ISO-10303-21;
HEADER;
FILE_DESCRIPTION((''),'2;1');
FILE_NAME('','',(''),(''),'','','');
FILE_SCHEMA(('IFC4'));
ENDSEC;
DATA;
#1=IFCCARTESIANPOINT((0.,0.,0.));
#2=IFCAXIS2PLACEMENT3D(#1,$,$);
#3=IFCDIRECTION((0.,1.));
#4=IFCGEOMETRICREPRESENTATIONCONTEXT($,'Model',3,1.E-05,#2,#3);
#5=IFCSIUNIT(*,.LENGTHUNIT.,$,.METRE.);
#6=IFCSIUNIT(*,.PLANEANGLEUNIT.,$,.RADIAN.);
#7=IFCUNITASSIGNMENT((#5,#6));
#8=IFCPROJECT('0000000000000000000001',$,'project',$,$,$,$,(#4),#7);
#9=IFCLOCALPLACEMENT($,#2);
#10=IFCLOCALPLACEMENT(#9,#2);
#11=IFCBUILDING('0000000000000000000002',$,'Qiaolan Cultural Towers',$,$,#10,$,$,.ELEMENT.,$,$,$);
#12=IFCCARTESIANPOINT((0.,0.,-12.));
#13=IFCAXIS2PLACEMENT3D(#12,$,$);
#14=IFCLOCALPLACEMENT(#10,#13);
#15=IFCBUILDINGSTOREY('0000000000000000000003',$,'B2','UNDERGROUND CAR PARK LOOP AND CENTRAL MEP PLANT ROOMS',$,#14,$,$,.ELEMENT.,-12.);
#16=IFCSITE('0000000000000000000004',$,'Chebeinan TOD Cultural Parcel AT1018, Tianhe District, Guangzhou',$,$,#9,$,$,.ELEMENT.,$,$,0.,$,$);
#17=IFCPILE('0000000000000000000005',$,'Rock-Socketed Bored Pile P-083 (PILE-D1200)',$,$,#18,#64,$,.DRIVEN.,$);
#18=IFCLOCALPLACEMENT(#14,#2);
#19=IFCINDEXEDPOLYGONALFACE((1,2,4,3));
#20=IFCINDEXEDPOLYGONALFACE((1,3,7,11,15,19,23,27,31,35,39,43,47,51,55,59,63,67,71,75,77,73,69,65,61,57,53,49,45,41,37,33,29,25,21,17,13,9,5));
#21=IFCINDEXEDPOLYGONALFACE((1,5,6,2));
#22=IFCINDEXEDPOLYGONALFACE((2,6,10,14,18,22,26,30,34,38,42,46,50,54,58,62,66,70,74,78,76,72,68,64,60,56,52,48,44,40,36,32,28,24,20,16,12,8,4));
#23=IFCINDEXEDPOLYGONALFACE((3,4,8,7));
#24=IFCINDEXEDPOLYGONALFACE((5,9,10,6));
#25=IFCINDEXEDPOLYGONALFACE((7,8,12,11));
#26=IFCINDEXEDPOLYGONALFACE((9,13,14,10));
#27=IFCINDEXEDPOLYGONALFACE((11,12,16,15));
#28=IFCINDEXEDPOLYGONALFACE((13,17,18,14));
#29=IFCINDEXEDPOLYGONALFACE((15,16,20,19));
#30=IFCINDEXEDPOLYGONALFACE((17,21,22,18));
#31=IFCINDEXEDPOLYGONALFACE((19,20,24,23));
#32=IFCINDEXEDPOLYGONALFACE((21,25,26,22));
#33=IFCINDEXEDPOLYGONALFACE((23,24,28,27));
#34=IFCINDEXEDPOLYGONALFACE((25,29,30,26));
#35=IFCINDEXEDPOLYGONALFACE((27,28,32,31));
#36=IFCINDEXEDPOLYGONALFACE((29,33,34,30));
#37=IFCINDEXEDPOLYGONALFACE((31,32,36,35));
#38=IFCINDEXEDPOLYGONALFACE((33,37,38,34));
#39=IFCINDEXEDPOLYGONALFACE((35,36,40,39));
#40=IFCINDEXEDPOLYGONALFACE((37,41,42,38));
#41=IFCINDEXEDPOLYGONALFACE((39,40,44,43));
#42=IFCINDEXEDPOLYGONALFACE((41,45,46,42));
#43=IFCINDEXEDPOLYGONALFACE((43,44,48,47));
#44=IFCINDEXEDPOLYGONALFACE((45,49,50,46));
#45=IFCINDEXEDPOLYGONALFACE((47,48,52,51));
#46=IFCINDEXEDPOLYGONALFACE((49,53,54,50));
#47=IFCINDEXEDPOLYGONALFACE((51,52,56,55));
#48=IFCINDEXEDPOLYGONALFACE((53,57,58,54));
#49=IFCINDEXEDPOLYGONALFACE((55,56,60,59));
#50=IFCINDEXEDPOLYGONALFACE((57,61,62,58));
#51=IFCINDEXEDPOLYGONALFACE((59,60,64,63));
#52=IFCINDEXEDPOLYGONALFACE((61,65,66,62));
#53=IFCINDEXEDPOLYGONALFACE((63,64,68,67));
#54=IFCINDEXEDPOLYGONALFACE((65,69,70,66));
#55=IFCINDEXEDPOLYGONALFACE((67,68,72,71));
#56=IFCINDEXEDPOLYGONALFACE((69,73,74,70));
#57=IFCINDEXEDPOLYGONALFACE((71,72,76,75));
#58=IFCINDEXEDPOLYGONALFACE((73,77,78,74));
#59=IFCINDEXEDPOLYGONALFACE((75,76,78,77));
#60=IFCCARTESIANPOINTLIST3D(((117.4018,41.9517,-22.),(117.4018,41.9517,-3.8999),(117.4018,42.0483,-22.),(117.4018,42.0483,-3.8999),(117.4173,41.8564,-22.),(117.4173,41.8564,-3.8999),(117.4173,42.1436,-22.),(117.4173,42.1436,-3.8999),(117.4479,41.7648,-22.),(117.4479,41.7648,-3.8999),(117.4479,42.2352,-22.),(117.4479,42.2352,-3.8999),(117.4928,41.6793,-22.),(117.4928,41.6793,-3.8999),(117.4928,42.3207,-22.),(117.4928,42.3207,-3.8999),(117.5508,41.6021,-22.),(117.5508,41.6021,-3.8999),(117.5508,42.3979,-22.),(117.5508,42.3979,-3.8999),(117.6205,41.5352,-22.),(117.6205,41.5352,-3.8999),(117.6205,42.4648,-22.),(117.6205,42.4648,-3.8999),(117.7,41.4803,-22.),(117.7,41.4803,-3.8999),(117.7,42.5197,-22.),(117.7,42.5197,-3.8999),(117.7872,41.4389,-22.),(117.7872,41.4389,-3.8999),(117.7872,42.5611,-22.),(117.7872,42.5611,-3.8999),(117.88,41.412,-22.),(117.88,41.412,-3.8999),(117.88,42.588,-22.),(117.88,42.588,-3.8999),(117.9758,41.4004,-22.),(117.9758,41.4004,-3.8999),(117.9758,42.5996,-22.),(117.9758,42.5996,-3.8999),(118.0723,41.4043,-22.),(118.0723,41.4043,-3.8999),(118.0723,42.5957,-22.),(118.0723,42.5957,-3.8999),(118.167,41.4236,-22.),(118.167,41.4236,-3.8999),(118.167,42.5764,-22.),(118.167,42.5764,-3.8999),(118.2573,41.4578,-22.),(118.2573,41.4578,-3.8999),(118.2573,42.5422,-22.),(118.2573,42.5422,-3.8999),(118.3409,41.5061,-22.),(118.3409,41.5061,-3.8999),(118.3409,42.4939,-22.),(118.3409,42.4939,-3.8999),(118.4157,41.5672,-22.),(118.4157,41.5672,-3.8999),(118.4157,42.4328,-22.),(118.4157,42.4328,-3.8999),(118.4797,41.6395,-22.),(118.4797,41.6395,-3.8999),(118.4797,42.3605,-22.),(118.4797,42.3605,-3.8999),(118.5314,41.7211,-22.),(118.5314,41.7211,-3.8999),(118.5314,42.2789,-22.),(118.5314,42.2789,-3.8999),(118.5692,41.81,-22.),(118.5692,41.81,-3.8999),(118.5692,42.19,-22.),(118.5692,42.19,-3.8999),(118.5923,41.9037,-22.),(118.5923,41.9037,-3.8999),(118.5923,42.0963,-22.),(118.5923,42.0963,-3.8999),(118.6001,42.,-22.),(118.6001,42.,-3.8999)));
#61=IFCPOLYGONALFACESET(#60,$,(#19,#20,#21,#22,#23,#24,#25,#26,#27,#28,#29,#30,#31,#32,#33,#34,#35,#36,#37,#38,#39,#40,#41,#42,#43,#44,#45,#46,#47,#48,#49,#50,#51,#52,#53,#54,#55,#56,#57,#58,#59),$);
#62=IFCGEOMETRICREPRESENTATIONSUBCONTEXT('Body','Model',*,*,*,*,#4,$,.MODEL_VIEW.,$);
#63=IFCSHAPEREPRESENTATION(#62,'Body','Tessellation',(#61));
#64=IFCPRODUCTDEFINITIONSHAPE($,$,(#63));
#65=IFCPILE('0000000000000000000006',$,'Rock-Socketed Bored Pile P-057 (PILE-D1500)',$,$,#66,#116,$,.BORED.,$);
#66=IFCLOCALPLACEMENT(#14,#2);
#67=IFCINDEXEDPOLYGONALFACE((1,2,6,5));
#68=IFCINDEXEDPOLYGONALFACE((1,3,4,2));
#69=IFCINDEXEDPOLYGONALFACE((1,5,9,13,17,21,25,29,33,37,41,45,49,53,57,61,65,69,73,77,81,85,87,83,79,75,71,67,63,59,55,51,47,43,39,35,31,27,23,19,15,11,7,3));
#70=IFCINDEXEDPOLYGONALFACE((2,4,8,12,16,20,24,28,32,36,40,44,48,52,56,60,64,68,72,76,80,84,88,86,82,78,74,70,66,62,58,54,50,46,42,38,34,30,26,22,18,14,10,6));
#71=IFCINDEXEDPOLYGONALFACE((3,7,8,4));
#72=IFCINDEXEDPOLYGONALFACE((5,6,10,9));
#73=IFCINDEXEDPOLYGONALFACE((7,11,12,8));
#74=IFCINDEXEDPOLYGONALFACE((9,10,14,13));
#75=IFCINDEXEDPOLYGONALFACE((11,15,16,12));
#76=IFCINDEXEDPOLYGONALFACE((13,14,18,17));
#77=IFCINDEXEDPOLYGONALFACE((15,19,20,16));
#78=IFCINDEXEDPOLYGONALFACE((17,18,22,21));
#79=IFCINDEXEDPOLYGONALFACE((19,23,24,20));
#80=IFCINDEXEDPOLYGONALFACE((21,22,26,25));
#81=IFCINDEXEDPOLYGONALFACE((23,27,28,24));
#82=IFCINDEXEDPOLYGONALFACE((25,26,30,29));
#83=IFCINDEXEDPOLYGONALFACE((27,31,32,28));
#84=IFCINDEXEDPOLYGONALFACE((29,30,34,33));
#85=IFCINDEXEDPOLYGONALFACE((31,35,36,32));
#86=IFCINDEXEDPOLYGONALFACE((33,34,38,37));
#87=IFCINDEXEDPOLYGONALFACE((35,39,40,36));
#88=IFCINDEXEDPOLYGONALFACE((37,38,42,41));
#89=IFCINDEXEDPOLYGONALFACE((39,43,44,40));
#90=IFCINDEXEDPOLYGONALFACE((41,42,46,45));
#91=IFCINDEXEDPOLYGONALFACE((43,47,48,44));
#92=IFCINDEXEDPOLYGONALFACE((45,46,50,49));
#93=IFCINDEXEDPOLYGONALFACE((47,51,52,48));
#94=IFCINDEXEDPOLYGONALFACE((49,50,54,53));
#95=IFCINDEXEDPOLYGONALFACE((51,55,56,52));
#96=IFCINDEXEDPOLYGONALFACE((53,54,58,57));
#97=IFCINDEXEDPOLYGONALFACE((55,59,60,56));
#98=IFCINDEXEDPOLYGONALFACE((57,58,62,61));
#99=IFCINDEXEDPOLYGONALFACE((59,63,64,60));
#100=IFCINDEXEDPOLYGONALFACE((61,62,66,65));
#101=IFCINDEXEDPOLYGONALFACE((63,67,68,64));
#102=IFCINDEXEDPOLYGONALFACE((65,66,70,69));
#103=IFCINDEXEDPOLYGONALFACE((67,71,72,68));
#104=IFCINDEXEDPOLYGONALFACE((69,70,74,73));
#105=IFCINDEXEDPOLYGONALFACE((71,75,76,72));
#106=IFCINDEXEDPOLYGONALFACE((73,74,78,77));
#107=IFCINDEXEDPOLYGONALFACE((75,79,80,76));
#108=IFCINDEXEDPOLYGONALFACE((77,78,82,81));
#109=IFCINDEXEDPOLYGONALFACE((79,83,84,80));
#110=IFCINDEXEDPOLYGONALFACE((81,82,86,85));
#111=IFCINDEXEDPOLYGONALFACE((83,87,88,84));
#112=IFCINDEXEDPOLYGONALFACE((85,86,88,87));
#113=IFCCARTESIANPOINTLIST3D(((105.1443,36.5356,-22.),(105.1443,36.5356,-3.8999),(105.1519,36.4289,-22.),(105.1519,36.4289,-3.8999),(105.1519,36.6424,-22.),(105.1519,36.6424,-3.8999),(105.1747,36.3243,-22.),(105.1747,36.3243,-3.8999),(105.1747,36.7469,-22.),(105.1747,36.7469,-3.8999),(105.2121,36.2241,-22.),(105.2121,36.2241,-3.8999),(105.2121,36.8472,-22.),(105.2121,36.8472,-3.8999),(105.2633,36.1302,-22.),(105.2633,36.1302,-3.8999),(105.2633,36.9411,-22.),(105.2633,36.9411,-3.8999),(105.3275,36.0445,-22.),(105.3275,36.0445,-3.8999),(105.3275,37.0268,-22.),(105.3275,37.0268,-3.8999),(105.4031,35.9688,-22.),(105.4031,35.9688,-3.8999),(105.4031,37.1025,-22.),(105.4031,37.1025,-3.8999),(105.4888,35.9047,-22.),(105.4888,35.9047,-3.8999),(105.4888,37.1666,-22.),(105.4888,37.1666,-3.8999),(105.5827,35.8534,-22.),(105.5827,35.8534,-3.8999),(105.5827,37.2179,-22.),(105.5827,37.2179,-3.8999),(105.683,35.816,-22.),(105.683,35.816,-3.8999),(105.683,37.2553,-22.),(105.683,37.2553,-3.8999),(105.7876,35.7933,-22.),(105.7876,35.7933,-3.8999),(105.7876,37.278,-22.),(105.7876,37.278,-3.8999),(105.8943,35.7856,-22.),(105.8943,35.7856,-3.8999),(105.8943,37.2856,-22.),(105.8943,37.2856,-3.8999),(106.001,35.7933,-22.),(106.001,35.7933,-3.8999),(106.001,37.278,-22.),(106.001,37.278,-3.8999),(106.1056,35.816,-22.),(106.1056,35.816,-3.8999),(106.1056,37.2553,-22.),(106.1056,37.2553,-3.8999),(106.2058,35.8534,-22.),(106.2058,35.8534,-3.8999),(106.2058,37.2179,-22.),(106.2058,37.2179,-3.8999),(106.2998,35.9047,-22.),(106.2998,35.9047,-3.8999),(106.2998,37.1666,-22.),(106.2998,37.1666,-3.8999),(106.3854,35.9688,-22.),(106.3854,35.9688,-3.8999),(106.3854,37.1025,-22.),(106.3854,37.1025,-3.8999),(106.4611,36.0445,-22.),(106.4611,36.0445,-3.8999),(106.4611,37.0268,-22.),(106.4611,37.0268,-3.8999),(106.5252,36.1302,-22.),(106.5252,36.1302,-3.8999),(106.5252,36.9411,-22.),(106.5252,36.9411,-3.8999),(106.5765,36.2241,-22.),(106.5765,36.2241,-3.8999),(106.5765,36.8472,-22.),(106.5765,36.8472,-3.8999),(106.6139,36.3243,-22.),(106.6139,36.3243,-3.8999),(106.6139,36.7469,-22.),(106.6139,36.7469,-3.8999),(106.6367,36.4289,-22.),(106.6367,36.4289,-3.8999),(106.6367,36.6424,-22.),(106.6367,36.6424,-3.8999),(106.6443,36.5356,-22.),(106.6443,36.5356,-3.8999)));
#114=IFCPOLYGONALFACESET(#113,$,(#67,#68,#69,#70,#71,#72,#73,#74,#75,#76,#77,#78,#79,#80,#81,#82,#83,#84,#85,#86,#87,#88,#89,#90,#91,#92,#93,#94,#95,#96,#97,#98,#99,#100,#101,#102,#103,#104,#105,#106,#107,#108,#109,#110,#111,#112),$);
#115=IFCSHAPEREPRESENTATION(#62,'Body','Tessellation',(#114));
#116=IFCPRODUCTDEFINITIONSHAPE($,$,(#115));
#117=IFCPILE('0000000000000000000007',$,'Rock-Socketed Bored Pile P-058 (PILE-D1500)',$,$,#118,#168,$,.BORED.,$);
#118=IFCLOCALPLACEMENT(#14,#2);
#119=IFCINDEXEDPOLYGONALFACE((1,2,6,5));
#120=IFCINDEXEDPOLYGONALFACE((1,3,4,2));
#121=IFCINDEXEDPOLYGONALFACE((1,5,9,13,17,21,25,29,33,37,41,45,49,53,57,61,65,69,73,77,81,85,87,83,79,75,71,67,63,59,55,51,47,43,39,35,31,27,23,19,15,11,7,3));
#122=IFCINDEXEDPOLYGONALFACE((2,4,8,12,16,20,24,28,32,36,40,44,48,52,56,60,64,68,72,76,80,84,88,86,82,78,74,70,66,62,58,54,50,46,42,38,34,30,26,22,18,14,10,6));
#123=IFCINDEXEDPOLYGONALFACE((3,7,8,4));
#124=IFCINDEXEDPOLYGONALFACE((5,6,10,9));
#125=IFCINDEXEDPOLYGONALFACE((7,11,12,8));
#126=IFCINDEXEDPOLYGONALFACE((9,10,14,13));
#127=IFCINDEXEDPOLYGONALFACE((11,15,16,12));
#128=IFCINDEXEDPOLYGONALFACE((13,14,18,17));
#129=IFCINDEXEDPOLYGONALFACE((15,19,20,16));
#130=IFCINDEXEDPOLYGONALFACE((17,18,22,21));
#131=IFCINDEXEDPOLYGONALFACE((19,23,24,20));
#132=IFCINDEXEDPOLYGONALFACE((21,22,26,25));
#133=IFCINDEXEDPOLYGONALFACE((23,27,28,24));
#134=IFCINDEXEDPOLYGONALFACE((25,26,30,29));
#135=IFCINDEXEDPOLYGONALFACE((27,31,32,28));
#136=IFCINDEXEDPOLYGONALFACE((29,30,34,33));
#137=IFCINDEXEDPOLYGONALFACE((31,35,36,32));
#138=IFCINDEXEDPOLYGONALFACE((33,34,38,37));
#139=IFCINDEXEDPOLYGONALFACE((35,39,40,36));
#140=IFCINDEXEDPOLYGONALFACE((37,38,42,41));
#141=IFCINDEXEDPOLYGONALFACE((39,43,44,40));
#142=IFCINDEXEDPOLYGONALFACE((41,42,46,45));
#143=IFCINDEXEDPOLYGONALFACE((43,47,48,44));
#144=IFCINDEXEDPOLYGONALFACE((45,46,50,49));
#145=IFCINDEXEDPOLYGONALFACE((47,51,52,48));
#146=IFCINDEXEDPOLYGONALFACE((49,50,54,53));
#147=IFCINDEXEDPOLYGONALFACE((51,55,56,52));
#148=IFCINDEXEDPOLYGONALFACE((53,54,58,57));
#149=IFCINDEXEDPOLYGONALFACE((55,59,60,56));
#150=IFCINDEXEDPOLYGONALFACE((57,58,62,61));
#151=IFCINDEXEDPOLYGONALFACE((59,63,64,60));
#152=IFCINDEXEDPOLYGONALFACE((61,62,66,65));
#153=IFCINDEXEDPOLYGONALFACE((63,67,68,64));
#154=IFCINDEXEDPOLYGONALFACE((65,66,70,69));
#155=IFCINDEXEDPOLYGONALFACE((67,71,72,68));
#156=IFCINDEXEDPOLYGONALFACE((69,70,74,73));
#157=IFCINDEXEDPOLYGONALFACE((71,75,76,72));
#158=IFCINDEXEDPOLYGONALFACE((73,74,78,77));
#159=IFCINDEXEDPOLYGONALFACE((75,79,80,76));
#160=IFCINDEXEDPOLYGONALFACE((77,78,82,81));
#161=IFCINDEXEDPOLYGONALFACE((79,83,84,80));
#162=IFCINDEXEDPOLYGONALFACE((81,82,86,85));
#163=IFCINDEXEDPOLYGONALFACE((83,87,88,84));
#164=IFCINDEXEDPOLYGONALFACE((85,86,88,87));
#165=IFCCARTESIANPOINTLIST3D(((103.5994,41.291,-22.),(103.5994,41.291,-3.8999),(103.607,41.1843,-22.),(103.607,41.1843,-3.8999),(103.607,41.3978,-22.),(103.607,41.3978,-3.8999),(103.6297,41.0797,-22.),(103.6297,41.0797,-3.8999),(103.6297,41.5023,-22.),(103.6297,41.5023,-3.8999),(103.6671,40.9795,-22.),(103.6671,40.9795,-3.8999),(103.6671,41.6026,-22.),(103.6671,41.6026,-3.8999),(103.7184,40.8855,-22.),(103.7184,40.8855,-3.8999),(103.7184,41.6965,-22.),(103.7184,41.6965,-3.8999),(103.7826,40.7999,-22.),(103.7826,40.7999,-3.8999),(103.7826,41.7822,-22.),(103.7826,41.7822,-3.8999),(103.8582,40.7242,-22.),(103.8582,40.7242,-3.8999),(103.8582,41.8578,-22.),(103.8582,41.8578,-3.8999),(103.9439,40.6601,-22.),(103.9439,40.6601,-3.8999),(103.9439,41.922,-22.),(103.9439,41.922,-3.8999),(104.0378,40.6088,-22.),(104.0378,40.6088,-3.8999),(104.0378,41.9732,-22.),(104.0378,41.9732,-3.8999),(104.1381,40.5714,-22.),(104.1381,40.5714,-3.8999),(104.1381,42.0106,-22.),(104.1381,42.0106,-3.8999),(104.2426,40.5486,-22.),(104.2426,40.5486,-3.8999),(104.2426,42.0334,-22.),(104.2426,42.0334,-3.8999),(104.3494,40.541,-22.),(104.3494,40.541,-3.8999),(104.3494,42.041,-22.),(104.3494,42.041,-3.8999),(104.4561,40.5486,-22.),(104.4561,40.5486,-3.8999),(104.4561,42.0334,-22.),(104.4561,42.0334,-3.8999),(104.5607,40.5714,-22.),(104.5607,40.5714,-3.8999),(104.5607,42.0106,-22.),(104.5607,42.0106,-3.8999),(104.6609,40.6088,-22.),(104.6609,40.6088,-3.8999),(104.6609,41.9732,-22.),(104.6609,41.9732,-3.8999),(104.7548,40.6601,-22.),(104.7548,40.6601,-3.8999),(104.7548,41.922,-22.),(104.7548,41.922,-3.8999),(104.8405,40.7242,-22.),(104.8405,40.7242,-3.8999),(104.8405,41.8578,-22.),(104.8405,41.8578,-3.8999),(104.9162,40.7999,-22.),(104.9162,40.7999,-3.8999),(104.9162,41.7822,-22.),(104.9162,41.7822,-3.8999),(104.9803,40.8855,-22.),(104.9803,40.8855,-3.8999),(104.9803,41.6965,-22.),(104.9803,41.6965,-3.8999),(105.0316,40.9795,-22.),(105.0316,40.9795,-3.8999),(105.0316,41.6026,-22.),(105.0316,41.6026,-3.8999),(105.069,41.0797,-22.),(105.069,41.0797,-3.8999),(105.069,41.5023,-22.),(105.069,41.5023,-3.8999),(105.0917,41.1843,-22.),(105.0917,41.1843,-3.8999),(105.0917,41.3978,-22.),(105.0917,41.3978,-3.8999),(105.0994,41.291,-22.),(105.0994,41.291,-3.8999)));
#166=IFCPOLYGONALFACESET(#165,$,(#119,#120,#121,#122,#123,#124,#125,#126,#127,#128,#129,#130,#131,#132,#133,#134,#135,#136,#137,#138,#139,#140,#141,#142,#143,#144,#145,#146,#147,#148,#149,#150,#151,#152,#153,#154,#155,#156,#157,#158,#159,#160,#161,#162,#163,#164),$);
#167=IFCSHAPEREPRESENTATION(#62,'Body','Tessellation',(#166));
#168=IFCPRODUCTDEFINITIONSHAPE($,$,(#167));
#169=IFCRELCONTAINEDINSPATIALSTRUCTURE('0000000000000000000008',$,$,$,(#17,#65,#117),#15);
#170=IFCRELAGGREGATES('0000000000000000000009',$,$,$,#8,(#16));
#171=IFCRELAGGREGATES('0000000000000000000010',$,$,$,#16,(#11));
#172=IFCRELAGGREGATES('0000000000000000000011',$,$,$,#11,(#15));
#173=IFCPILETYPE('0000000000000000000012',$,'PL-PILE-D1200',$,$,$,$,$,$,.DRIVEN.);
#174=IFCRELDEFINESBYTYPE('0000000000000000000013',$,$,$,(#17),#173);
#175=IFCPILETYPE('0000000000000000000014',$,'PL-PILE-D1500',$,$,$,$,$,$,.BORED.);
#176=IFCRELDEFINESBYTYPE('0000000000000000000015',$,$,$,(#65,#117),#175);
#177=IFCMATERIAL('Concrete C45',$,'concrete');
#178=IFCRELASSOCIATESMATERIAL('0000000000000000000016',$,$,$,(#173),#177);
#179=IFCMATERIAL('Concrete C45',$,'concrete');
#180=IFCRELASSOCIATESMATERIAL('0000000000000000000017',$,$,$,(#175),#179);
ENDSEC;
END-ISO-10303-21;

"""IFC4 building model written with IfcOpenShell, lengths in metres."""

from ifc_helpers import new_model, si_unit, direction, frame, origin, origin_2d, place, context, subcontext, project, spatial, circle, extrude, material, material_profile, profile_set, type_object, element, save


model = new_model("IFC4")

# Units and contexts
model_context = context("Model", 3, precision=1e-05, world=origin(), true_north=direction((0.0, 1.0)))
body_context = subcontext(model_context, "Body", "Model", "MODEL_VIEW")
ifc_project = project(units=[si_unit("LENGTHUNIT", "METRE"), si_unit("PLANEANGLEUNIT", "RADIAN")], contexts=[model_context])

# Site, building, storey
site_placement = place(None, origin())
site = spatial("IfcSite", under=ifc_project, at=site_placement, Name="Chebeinan TOD Cultural Parcel AT1018, Tianhe District, Guangzhou", CompositionType="ELEMENT", RefElevation=0.0)
building_placement = place(site_placement, origin())
building = spatial("IfcBuilding", under=site, at=building_placement, Name="Qiaolan Cultural Towers", CompositionType="ELEMENT")
storey_placement = place(building_placement, frame((0.0, 0.0, -12.0)))
storey = spatial("IfcBuildingStorey", under=building, at=storey_placement, Name="B2", Description="UNDERGROUND CAR PARK LOOP AND CENTRAL MEP PLANT ROOMS", CompositionType="ELEMENT", Elevation=-12.0)

# Piles
ifc_material_1 = material(Name="Concrete C45", Category="concrete")
ifc_material_profile_1 = material_profile(ifc_material_1, circle(Radius=0.6001, at=origin_2d()), Name="PILE-D1200")
ifc_profile_set_1 = profile_set([ifc_material_profile_1], Name="Concrete C45")
pile_type_1 = type_object("IfcPileType", Name="PL-PILE-D1200", PredefinedType="DRIVEN", material=ifc_profile_set_1)
pile_1_placement = place(storey_placement, frame((118.0, 42.0, -3.8999), z_axis=(0.0, 0.0, -1.0), x_axis=(1.0, 0.0, 0.0)))
element("IfcPile", 1, at=pile_1_placement, inside=storey, type_object=pile_type_1, Name="Rock-Socketed Bored Pile P-083 (PILE-D1200)", PredefinedType="DRIVEN", context=body_context, shape_type="SweptSolid", body=[
    extrude(circle(Radius=0.6001, at=origin_2d()), origin(), (0.0, 0.0, 1.0), 18.1001),
])
ifc_material_2 = material(Name="Concrete C45", Category="concrete")
ifc_material_profile_2 = material_profile(ifc_material_2, circle(Radius=0.75, at=origin_2d()), Name="PILE-D1500")
ifc_profile_set_2 = profile_set([ifc_material_profile_2], Name="Concrete C45")
pile_type_2 = type_object("IfcPileType", Name="PL-PILE-D1500", PredefinedType="BORED", material=ifc_profile_set_2)
for number, where, z_axis, x_axis, name in (
    (2, (105.8943, 36.5356, -3.8999), (0.0, 0.0, -1.0), (1.0, 0.0, 0.0), "Rock-Socketed Bored Pile P-057 (PILE-D1500)"),
    (3, (104.3494, 41.291, -3.8999), (0.0, 0.0, -1.0), (1.0, 0.0, 0.0), "Rock-Socketed Bored Pile P-058 (PILE-D1500)"),
):
    element("IfcPile", number, at=place(storey_placement, frame(where, z_axis=z_axis, x_axis=x_axis)), inside=storey, type_object=pile_type_2, Name=name, PredefinedType="BORED", context=body_context, shape_type="SweptSolid", body=[
        extrude(circle(Radius=0.75, at=origin_2d()), origin(), (0.0, 0.0, 1.0), 18.1001),
    ])

save(model, "model.ifc")
